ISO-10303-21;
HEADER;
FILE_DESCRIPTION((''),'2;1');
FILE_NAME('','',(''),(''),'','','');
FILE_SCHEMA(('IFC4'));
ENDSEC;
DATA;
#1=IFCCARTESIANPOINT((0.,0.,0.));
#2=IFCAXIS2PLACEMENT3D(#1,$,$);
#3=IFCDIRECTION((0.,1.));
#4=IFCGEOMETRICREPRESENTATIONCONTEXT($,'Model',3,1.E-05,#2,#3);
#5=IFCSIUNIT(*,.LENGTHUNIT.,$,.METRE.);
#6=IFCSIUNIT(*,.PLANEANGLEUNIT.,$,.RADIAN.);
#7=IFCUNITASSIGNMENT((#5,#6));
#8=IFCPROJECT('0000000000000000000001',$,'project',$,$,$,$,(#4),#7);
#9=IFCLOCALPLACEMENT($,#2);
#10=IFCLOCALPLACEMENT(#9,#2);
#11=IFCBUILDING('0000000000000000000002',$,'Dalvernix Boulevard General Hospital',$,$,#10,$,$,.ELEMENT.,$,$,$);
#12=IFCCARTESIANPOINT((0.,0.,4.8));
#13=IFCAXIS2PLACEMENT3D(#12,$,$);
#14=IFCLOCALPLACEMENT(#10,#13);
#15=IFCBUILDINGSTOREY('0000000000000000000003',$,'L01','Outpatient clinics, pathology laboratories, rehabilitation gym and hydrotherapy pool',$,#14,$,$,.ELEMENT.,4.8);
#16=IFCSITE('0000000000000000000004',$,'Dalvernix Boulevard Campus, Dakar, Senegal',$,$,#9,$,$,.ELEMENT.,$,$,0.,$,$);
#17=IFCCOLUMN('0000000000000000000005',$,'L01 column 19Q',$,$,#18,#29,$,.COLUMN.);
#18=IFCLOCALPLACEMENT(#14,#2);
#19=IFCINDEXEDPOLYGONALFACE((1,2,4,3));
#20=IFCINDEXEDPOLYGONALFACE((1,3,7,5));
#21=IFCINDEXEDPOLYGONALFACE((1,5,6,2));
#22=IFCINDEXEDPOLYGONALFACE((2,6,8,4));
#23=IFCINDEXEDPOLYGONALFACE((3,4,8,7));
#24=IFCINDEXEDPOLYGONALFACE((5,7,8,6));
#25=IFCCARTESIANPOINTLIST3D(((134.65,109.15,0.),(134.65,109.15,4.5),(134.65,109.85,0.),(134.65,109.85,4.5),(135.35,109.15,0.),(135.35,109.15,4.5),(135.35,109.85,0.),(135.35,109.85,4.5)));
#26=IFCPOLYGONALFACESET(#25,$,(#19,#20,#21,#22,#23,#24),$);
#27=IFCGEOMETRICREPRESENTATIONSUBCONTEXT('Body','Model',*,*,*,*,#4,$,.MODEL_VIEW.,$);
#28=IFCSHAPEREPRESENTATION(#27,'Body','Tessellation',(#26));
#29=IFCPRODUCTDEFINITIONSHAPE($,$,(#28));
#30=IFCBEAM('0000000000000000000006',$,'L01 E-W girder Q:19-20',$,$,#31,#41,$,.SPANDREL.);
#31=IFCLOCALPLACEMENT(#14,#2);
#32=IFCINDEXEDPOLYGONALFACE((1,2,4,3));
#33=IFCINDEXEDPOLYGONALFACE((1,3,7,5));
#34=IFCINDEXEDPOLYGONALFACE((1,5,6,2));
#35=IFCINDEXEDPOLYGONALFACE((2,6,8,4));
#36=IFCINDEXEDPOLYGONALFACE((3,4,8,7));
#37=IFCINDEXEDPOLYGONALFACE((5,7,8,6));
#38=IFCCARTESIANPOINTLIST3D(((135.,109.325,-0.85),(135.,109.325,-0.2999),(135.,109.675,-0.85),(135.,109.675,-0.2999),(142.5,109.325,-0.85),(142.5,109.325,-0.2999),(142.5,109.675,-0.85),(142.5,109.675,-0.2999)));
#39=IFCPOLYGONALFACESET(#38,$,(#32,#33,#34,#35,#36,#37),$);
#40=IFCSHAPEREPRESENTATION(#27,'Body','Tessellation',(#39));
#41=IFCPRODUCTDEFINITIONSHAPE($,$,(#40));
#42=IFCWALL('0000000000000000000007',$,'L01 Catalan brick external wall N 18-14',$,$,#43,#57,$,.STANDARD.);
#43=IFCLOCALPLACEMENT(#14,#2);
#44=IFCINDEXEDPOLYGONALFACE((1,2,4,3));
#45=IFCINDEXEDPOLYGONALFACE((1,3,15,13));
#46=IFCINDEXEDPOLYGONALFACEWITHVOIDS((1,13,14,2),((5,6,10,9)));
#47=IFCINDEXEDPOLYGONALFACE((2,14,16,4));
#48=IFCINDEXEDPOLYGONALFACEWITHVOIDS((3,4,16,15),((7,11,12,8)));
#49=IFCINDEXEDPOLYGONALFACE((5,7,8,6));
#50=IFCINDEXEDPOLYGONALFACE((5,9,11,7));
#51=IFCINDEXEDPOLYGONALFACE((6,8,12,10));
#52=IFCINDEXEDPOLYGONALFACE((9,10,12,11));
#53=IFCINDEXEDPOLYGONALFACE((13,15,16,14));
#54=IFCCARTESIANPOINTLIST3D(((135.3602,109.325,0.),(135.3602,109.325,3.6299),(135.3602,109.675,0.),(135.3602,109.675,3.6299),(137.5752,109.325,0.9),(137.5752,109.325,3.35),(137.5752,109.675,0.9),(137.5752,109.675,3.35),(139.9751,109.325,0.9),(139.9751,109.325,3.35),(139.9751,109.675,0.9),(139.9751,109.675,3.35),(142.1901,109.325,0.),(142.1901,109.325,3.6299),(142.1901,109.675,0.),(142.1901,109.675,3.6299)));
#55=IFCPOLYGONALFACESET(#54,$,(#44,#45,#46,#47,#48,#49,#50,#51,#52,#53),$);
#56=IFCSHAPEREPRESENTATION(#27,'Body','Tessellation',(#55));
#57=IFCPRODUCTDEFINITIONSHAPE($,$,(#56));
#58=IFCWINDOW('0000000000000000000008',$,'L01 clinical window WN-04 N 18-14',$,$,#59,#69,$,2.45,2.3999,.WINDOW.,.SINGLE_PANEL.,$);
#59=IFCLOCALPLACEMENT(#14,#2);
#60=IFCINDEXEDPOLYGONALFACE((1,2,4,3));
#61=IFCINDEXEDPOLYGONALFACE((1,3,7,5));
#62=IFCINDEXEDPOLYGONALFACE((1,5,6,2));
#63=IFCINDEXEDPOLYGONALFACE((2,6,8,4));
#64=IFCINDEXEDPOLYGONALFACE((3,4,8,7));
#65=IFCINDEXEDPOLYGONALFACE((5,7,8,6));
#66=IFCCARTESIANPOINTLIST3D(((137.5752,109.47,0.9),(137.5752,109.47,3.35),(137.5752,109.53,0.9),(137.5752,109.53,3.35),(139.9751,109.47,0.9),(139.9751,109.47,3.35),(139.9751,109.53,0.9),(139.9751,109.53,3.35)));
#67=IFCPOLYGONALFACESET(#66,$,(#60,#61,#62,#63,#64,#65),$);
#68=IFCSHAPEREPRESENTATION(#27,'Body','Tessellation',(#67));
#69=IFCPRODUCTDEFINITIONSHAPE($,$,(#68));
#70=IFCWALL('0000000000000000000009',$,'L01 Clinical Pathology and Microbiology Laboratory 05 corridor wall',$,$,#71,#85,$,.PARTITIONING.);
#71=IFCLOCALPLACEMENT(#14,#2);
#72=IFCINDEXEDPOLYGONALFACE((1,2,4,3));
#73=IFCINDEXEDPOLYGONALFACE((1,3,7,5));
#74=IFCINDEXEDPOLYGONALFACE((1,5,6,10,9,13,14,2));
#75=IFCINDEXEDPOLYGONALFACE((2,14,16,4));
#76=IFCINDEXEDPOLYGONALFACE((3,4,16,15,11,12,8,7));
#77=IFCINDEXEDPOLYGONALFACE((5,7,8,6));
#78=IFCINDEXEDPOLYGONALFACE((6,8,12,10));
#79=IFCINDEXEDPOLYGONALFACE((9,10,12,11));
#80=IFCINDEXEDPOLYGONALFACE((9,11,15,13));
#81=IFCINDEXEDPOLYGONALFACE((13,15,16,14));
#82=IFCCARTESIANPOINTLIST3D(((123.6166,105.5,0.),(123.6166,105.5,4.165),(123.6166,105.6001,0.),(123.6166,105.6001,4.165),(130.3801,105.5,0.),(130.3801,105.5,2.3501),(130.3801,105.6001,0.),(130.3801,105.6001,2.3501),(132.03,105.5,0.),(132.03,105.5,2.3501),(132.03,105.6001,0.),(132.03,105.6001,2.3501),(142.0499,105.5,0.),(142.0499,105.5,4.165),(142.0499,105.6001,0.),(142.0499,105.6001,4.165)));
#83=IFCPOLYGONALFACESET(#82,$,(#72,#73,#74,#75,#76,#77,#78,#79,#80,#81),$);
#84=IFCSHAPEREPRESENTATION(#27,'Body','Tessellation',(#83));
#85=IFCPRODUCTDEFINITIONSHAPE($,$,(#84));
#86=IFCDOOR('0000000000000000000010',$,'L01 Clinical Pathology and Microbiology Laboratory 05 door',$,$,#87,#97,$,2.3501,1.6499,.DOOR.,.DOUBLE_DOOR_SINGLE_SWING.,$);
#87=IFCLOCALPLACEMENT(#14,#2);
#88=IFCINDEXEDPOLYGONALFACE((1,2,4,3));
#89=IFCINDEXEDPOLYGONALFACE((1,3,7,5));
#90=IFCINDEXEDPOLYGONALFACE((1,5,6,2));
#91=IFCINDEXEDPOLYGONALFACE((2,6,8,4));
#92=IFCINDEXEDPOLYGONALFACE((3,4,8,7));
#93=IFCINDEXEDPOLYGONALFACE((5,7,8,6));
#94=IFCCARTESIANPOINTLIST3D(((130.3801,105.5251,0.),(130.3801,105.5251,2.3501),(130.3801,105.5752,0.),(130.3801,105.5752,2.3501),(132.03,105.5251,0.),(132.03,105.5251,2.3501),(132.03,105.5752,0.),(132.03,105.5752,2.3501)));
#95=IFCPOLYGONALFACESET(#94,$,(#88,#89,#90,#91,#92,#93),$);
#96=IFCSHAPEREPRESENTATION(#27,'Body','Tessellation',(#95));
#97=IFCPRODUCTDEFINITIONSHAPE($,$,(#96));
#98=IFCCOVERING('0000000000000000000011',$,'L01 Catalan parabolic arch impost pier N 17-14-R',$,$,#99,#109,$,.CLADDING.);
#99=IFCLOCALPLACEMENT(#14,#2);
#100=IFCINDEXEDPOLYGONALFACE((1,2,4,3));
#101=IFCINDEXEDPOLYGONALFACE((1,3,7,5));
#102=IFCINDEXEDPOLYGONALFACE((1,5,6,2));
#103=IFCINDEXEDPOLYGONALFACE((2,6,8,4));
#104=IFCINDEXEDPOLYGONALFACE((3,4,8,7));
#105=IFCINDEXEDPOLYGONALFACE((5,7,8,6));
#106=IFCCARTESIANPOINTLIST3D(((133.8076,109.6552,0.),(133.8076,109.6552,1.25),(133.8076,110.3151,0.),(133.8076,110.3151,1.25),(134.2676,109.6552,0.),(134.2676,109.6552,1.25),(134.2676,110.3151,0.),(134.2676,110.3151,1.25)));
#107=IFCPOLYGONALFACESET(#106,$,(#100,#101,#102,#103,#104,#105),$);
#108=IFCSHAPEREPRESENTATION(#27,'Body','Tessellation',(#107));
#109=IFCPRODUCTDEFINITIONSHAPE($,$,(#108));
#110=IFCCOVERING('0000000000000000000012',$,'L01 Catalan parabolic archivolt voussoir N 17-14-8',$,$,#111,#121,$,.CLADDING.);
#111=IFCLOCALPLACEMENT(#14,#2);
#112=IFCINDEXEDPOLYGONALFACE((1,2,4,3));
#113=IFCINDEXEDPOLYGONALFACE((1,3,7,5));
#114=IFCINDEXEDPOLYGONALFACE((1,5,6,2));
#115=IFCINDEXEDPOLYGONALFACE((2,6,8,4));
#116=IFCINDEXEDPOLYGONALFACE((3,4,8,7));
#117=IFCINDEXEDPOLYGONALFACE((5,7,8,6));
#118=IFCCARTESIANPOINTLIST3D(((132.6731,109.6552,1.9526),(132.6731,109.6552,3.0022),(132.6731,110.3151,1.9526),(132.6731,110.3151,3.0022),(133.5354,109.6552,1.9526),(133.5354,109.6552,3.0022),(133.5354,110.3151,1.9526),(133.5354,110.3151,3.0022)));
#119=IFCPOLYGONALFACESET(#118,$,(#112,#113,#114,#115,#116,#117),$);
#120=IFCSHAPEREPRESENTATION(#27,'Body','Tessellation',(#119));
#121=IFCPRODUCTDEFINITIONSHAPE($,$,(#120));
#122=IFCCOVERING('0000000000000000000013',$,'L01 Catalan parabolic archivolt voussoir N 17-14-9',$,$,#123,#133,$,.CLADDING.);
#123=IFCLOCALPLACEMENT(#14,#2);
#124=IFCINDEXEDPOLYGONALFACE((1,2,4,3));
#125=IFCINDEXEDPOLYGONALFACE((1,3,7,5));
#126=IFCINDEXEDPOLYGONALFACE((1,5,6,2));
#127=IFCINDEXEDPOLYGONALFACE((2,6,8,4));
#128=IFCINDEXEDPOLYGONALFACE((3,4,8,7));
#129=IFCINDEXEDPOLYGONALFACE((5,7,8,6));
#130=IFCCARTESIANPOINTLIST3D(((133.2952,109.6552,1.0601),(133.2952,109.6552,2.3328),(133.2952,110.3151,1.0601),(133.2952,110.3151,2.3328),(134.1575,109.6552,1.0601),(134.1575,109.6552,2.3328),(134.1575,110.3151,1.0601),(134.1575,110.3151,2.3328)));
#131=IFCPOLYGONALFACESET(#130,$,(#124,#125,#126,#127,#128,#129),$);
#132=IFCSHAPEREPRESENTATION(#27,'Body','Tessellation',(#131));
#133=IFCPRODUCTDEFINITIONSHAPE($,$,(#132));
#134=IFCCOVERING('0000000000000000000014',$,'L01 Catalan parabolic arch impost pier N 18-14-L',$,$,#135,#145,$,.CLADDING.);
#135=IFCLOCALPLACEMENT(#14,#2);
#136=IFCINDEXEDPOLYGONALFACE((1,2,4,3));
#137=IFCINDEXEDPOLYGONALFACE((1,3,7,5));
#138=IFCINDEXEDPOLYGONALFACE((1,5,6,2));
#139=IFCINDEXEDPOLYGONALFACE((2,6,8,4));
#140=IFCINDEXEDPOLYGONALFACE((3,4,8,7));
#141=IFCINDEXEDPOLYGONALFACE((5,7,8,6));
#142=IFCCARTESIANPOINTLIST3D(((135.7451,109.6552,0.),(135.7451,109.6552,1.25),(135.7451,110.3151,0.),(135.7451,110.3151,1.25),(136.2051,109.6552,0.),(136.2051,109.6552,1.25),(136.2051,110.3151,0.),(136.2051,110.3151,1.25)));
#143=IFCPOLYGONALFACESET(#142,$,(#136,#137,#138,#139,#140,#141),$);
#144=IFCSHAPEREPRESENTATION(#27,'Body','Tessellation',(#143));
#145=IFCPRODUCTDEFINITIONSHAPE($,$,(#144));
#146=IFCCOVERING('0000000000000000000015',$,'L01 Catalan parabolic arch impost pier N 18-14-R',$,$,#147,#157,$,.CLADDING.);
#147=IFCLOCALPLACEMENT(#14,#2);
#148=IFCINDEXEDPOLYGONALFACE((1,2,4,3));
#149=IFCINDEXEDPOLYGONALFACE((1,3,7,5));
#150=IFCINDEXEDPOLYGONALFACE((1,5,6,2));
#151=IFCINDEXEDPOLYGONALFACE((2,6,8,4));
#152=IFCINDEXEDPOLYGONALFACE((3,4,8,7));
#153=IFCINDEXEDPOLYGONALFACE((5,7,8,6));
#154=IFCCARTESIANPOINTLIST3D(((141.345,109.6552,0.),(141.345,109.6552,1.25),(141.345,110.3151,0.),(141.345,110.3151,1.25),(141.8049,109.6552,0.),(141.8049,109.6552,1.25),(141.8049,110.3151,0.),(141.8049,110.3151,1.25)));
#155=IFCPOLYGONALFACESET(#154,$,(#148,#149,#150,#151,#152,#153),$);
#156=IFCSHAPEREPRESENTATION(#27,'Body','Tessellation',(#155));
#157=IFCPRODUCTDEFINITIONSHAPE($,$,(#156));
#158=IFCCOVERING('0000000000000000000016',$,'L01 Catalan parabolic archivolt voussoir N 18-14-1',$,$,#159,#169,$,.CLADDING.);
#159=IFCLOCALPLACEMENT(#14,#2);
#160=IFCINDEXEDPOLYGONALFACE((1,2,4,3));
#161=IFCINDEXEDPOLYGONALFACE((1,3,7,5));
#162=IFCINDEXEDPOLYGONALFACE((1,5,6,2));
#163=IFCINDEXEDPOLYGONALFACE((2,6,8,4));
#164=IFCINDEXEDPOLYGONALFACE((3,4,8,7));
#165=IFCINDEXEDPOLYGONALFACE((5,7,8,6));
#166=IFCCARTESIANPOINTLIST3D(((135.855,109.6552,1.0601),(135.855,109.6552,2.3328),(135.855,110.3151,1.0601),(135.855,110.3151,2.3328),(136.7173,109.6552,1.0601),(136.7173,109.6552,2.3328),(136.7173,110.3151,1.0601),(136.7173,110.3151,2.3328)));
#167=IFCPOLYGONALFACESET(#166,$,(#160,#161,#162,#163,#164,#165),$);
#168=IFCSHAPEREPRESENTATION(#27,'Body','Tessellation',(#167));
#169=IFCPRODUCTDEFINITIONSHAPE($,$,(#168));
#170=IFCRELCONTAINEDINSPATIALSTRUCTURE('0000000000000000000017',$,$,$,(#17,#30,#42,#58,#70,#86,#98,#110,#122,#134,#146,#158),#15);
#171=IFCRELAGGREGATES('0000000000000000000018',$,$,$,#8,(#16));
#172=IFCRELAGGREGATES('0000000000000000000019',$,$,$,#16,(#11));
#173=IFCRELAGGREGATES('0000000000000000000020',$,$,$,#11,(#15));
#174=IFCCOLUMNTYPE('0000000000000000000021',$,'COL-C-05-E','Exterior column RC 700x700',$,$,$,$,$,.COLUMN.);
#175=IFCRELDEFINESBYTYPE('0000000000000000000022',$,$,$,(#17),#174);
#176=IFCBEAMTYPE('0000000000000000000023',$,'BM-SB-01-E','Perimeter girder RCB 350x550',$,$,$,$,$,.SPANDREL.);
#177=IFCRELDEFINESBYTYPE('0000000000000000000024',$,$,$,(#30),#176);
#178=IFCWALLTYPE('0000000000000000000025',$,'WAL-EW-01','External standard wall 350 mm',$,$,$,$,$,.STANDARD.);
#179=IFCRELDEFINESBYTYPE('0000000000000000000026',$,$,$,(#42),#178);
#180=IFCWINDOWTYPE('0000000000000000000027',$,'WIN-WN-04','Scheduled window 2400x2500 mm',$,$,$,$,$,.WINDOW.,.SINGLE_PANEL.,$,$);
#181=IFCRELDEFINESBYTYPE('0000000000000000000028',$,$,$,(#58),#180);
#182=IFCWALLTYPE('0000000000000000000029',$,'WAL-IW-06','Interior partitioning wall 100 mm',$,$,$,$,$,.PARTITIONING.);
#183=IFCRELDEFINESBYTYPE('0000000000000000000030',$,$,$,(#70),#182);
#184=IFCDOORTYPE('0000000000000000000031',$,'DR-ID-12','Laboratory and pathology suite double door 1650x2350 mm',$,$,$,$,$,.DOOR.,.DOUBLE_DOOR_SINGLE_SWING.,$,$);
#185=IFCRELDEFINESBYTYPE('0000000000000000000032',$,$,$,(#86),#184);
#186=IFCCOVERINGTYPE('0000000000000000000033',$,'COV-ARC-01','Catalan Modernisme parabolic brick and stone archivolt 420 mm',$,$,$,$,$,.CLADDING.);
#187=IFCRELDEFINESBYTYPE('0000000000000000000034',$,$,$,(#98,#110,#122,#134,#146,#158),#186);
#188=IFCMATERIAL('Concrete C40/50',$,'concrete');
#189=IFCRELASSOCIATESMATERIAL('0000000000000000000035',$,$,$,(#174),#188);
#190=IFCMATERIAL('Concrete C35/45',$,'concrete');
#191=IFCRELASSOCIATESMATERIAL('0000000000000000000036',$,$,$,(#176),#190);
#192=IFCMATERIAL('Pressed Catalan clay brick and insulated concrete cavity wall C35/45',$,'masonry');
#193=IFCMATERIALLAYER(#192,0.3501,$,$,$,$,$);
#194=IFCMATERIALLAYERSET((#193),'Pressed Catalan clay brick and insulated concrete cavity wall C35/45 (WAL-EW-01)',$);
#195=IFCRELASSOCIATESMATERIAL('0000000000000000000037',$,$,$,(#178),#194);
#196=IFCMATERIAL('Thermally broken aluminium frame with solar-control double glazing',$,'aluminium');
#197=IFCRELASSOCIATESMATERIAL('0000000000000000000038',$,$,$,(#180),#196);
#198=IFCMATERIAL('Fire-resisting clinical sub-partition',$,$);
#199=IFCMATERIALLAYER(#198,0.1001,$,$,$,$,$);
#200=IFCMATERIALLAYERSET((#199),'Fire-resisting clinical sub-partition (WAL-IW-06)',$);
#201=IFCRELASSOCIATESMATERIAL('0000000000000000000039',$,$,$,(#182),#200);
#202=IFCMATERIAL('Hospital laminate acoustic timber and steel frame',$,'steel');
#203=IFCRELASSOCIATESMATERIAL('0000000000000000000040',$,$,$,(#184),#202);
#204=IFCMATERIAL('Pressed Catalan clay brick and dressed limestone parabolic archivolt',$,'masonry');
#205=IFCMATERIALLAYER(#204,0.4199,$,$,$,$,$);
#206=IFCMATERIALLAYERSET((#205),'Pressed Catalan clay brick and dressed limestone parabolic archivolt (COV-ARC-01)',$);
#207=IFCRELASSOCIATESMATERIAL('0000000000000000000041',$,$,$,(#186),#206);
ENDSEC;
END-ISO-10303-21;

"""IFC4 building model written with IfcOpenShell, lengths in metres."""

from ifc_helpers import new_model, si_unit, direction, frame, frame_2d, origin, origin_2d, place, context, subcontext, project, spatial, rectangle, extrude, material, layer, layer_set, material_profile, profile_set, type_object, element, fill, save


model = new_model("IFC4")

# Units and contexts
model_context = context("Model", 3, precision=1e-05, world=origin(), true_north=direction((0.0, 1.0)))
body_context = subcontext(model_context, "Body", "Model", "MODEL_VIEW")
ifc_project = project(units=[si_unit("LENGTHUNIT", "METRE"), si_unit("PLANEANGLEUNIT", "RADIAN")], contexts=[model_context])

# Site, building, storey
site_placement = place(None, origin())
site = spatial("IfcSite", under=ifc_project, at=site_placement, Name="Dalvernix Boulevard Campus, Dakar, Senegal", CompositionType="ELEMENT", RefElevation=0.0)
building_placement = place(site_placement, origin())
building = spatial("IfcBuilding", under=site, at=building_placement, Name="Dalvernix Boulevard General Hospital", CompositionType="ELEMENT")
storey_placement = place(building_placement, frame((0.0, 0.0, 4.8)))
storey = spatial("IfcBuildingStorey", under=building, at=storey_placement, Name="L01", Description="Outpatient clinics, pathology laboratories, rehabilitation gym and hydrotherapy pool", CompositionType="ELEMENT", Elevation=4.8)

# Column
ifc_material_1 = material(Name="Concrete C40/50", Category="concrete")
ifc_material_profile_1 = material_profile(ifc_material_1, rectangle(XDim=0.7, YDim=0.7, at=origin_2d()), Name="RC 700x700")
ifc_profile_set_1 = profile_set([ifc_material_profile_1], Name="Concrete C40/50")
column_type = type_object("IfcColumnType", Name="COL-C-05-E", Description="Exterior column RC 700x700", PredefinedType="COLUMN", material=ifc_profile_set_1)
column_placement = place(storey_placement, frame((135.0, 109.5, 0.0), z_axis=(0.0, 0.0, 1.0), x_axis=(1.0, 0.0, 0.0)))
element("IfcColumn", 1, at=column_placement, inside=storey, type_object=column_type, Name="L01 column 19Q", PredefinedType="COLUMN", context=body_context, shape_type="SweptSolid", body=[
    extrude(rectangle(XDim=0.7, YDim=0.7, at=origin_2d()), origin(), (0.0, 0.0, 1.0), 4.5),
])

# Beam
ifc_material_2 = material(Name="Concrete C35/45", Category="concrete")
ifc_material_profile_2 = material_profile(ifc_material_2, rectangle(XDim=0.3501, YDim=0.55, at=origin_2d()), Name="RCB 350x550")
ifc_profile_set_2 = profile_set([ifc_material_profile_2], Name="Concrete C35/45")
beam_type = type_object("IfcBeamType", Name="BM-SB-01-E", Description="Perimeter girder RCB 350x550", PredefinedType="SPANDREL", material=ifc_profile_set_2)
beam_placement = place(storey_placement, frame((135.0, 109.5, -0.575), z_axis=(1.0, 0.0, 0.0), x_axis=(0.0, 1.0, 0.0)))
element("IfcBeam", 2, at=beam_placement, inside=storey, type_object=beam_type, Name="L01 E-W girder Q:19-20", PredefinedType="SPANDREL", context=body_context, shape_type="SweptSolid", body=[
    extrude(rectangle(XDim=0.3501, YDim=0.55, at=origin_2d()), origin(), (0.0, 0.0, 1.0), 7.5),
])

# Wall, opening, window
ifc_material_3 = material(Name="Pressed Catalan clay brick and insulated concrete cavity wall C35/45", Category="masonry")
ifc_layer_1 = layer(ifc_material_3, 0.3501)
ifc_layer_set_1 = layer_set([ifc_layer_1], Name="Pressed Catalan clay brick and insulated concrete cavity wall C35/45 (WAL-EW-01)")
wall_type_1 = type_object("IfcWallType", Name="WAL-EW-01", Description="External standard wall 350 mm", PredefinedType="STANDARD", material=ifc_layer_set_1)
wall_1_placement = place(storey_placement, frame((135.3601, 109.5, 0.0), z_axis=(0.0, 0.0, 1.0), x_axis=(1.0, 0.0, 0.0)))
wall_1 = element("IfcWall", 3, at=wall_1_placement, inside=storey, type_object=wall_type_1, Name="L01 Catalan brick external wall N 18-14", PredefinedType="STANDARD", context=body_context, shape_type="SweptSolid", body=[
    extrude(rectangle(XDim=6.8298, YDim=0.3501, at=frame_2d((3.415, 0.0))), origin(), (0.0, 0.0, 1.0), 3.6299),
])
opening_1_placement = place(wall_1_placement, frame((2.2151, 0.0, 0.8999)))
opening_1 = element("IfcOpeningElement", 4, at=opening_1_placement, cuts=wall_1, PredefinedType="OPENING", context=body_context, shape_type="SweptSolid", body=[
    extrude(rectangle(XDim=2.3999, YDim=2.45, at=frame_2d((1.2, 1.2251))), frame((0.0, 0.1851, 0.0), z_axis=(0.0, -1.0, 0.0), x_axis=(1.0, 0.0, 0.0)), (0.0, 0.0, 1.0), 0.3701),
])
ifc_material_4 = material(Name="Thermally broken aluminium frame with solar-control double glazing", Category="aluminium")
window_type = type_object("IfcWindowType", Name="WIN-WN-04", Description="Scheduled window 2400x2500 mm", PartitioningType="SINGLE_PANEL", PredefinedType="WINDOW", material=ifc_material_4)
window_placement = place(opening_1_placement, origin())
window = element("IfcWindow", 5, at=window_placement, inside=storey, type_object=window_type, Name="L01 clinical window WN-04 N 18-14", OverallHeight=2.45, OverallWidth=2.3999, PartitioningType="SINGLE_PANEL", PredefinedType="WINDOW", context=body_context, shape_type="SweptSolid", body=[
    extrude(rectangle(XDim=2.3999, YDim=2.45, at=frame_2d((1.2, 1.2251))), frame((0.0, 0.03, 0.0), z_axis=(0.0, -1.0, 0.0), x_axis=(1.0, 0.0, 0.0)), (0.0, 0.0, 1.0), 0.0601),
])
fill(opening_1, window)

# Wall, opening, door
ifc_material_5 = material(Name="Fire-resisting clinical sub-partition")
ifc_layer_2 = layer(ifc_material_5, 0.1001)
ifc_layer_set_2 = layer_set([ifc_layer_2], Name="Fire-resisting clinical sub-partition (WAL-IW-06)")
wall_type_2 = type_object("IfcWallType", Name="WAL-IW-06", Description="Interior partitioning wall 100 mm", PredefinedType="PARTITIONING", material=ifc_layer_set_2)
wall_2_placement = place(storey_placement, frame((142.05, 105.55, 0.0), z_axis=(0.0, 0.0, 1.0), x_axis=(-1.0, 0.0, 0.0)))
wall_2 = element("IfcWall", 6, at=wall_2_placement, inside=storey, type_object=wall_type_2, Name="L01 Clinical Pathology and Microbiology Laboratory 05 corridor wall", PredefinedType="PARTITIONING", context=body_context, shape_type="SweptSolid", body=[
    extrude(rectangle(XDim=18.4333, YDim=0.1001, at=frame_2d((9.2168, 0.0))), origin(), (0.0, 0.0, 1.0), 4.165),
])
opening_2_placement = place(wall_2_placement, frame((10.02, 0.0, 0.0)))
opening_2 = element("IfcOpeningElement", 7, at=opening_2_placement, cuts=wall_2, PredefinedType="OPENING", context=body_context, shape_type="SweptSolid", body=[
    extrude(rectangle(XDim=1.6499, YDim=2.3501, at=frame_2d((0.825, 1.175))), frame((0.0, 0.0601, 0.0), z_axis=(0.0, -1.0, 0.0), x_axis=(1.0, 0.0, 0.0)), (0.0, 0.0, 1.0), 0.1201),
])
ifc_material_6 = material(Name="Hospital laminate acoustic timber and steel frame", Category="steel")
door_type = type_object("IfcDoorType", Name="DR-ID-12", Description="Laboratory and pathology suite double door 1650x2350 mm", OperationType="DOUBLE_DOOR_SINGLE_SWING", PredefinedType="DOOR", material=ifc_material_6)
door_placement = place(opening_2_placement, origin())
door = element("IfcDoor", 8, at=door_placement, inside=storey, type_object=door_type, Name="L01 Clinical Pathology and Microbiology Laboratory 05 door", OperationType="DOUBLE_DOOR_SINGLE_SWING", OverallHeight=2.3501, OverallWidth=1.6499, PredefinedType="DOOR", context=body_context, shape_type="SweptSolid", body=[
    extrude(rectangle(XDim=1.6499, YDim=2.3501, at=frame_2d((0.825, 1.175))), frame((0.0, 0.0249, 0.0), z_axis=(0.0, -1.0, 0.0), x_axis=(1.0, 0.0, 0.0)), (0.0, 0.0, 1.0), 0.05),
])
fill(opening_2, door)

# Coverings
ifc_material_7 = material(Name="Pressed Catalan clay brick and dressed limestone parabolic archivolt", Category="masonry")
ifc_layer_3 = layer(ifc_material_7, 0.4199)
ifc_layer_set_3 = layer_set([ifc_layer_3], Name="Pressed Catalan clay brick and dressed limestone parabolic archivolt (COV-ARC-01)")
covering_type_1 = type_object("IfcCoveringType", Name="COV-ARC-01", Description="Catalan Modernisme parabolic brick and stone archivolt 420 mm", PredefinedType="CLADDING", material=ifc_layer_set_3)
covering_1_placement = place(storey_placement, frame((134.0376, 109.9851, 0.0), z_axis=(0.0, 0.0, 1.0), x_axis=(1.0, 0.0, 0.0)))
element("IfcCovering", 9, at=covering_1_placement, inside=storey, type_object=covering_type_1, Name="L01 Catalan parabolic arch impost pier N 17-14-R", PredefinedType="CLADDING", context=body_context, shape_type="SweptSolid", body=[
    extrude(rectangle(XDim=0.46, YDim=0.6599, at=origin_2d()), origin(), (0.0, 0.0, 1.0), 1.25),
])
covering_2_placement = place(storey_placement, frame((133.1042, 109.9851, 1.9526), z_axis=(0.0, 0.0, 1.0), x_axis=(1.0, 0.0, 0.0)))
element("IfcCovering", 10, at=covering_2_placement, inside=storey, type_object=covering_type_1, Name="L01 Catalan parabolic archivolt voussoir N 17-14-8", PredefinedType="CLADDING", context=body_context, shape_type="SweptSolid", body=[
    extrude(rectangle(XDim=0.8623, YDim=0.6599, at=origin_2d()), origin(), (0.0, 0.0, 1.0), 1.0496),
])
covering_3_placement = place(storey_placement, frame((133.7263, 109.9851, 1.0601), z_axis=(0.0, 0.0, 1.0), x_axis=(1.0, 0.0, 0.0)))
element("IfcCovering", 11, at=covering_3_placement, inside=storey, type_object=covering_type_1, Name="L01 Catalan parabolic archivolt voussoir N 17-14-9", PredefinedType="CLADDING", context=body_context, shape_type="SweptSolid", body=[
    extrude(rectangle(XDim=0.8623, YDim=0.6599, at=origin_2d()), origin(), (0.0, 0.0, 1.0), 1.2727),
])
for number, where, z_axis, x_axis, name in (
    (12, (135.9751, 109.9851, 0.0), (0.0, 0.0, 1.0), (1.0, 0.0, 0.0), "L01 Catalan parabolic arch impost pier N 18-14-L"),
    (13, (141.575, 109.9851, 0.0), (0.0, 0.0, 1.0), (1.0, 0.0, 0.0), "L01 Catalan parabolic arch impost pier N 18-14-R"),
):
    element("IfcCovering", number, at=place(storey_placement, frame(where, z_axis=z_axis, x_axis=x_axis)), inside=storey, type_object=covering_type_1, Name=name, PredefinedType="CLADDING", context=body_context, shape_type="SweptSolid", body=[
        extrude(rectangle(XDim=0.46, YDim=0.6599, at=origin_2d()), origin(), (0.0, 0.0, 1.0), 1.25),
    ])
covering_4_placement = place(storey_placement, frame((136.2861, 109.9851, 1.0601), z_axis=(0.0, 0.0, 1.0), x_axis=(1.0, 0.0, 0.0)))
element("IfcCovering", 14, at=covering_4_placement, inside=storey, type_object=covering_type_1, Name="L01 Catalan parabolic archivolt voussoir N 18-14-1", PredefinedType="CLADDING", context=body_context, shape_type="SweptSolid", body=[
    extrude(rectangle(XDim=0.8623, YDim=0.6599, at=origin_2d()), origin(), (0.0, 0.0, 1.0), 1.2727),
])

save(model, "model.ifc")
